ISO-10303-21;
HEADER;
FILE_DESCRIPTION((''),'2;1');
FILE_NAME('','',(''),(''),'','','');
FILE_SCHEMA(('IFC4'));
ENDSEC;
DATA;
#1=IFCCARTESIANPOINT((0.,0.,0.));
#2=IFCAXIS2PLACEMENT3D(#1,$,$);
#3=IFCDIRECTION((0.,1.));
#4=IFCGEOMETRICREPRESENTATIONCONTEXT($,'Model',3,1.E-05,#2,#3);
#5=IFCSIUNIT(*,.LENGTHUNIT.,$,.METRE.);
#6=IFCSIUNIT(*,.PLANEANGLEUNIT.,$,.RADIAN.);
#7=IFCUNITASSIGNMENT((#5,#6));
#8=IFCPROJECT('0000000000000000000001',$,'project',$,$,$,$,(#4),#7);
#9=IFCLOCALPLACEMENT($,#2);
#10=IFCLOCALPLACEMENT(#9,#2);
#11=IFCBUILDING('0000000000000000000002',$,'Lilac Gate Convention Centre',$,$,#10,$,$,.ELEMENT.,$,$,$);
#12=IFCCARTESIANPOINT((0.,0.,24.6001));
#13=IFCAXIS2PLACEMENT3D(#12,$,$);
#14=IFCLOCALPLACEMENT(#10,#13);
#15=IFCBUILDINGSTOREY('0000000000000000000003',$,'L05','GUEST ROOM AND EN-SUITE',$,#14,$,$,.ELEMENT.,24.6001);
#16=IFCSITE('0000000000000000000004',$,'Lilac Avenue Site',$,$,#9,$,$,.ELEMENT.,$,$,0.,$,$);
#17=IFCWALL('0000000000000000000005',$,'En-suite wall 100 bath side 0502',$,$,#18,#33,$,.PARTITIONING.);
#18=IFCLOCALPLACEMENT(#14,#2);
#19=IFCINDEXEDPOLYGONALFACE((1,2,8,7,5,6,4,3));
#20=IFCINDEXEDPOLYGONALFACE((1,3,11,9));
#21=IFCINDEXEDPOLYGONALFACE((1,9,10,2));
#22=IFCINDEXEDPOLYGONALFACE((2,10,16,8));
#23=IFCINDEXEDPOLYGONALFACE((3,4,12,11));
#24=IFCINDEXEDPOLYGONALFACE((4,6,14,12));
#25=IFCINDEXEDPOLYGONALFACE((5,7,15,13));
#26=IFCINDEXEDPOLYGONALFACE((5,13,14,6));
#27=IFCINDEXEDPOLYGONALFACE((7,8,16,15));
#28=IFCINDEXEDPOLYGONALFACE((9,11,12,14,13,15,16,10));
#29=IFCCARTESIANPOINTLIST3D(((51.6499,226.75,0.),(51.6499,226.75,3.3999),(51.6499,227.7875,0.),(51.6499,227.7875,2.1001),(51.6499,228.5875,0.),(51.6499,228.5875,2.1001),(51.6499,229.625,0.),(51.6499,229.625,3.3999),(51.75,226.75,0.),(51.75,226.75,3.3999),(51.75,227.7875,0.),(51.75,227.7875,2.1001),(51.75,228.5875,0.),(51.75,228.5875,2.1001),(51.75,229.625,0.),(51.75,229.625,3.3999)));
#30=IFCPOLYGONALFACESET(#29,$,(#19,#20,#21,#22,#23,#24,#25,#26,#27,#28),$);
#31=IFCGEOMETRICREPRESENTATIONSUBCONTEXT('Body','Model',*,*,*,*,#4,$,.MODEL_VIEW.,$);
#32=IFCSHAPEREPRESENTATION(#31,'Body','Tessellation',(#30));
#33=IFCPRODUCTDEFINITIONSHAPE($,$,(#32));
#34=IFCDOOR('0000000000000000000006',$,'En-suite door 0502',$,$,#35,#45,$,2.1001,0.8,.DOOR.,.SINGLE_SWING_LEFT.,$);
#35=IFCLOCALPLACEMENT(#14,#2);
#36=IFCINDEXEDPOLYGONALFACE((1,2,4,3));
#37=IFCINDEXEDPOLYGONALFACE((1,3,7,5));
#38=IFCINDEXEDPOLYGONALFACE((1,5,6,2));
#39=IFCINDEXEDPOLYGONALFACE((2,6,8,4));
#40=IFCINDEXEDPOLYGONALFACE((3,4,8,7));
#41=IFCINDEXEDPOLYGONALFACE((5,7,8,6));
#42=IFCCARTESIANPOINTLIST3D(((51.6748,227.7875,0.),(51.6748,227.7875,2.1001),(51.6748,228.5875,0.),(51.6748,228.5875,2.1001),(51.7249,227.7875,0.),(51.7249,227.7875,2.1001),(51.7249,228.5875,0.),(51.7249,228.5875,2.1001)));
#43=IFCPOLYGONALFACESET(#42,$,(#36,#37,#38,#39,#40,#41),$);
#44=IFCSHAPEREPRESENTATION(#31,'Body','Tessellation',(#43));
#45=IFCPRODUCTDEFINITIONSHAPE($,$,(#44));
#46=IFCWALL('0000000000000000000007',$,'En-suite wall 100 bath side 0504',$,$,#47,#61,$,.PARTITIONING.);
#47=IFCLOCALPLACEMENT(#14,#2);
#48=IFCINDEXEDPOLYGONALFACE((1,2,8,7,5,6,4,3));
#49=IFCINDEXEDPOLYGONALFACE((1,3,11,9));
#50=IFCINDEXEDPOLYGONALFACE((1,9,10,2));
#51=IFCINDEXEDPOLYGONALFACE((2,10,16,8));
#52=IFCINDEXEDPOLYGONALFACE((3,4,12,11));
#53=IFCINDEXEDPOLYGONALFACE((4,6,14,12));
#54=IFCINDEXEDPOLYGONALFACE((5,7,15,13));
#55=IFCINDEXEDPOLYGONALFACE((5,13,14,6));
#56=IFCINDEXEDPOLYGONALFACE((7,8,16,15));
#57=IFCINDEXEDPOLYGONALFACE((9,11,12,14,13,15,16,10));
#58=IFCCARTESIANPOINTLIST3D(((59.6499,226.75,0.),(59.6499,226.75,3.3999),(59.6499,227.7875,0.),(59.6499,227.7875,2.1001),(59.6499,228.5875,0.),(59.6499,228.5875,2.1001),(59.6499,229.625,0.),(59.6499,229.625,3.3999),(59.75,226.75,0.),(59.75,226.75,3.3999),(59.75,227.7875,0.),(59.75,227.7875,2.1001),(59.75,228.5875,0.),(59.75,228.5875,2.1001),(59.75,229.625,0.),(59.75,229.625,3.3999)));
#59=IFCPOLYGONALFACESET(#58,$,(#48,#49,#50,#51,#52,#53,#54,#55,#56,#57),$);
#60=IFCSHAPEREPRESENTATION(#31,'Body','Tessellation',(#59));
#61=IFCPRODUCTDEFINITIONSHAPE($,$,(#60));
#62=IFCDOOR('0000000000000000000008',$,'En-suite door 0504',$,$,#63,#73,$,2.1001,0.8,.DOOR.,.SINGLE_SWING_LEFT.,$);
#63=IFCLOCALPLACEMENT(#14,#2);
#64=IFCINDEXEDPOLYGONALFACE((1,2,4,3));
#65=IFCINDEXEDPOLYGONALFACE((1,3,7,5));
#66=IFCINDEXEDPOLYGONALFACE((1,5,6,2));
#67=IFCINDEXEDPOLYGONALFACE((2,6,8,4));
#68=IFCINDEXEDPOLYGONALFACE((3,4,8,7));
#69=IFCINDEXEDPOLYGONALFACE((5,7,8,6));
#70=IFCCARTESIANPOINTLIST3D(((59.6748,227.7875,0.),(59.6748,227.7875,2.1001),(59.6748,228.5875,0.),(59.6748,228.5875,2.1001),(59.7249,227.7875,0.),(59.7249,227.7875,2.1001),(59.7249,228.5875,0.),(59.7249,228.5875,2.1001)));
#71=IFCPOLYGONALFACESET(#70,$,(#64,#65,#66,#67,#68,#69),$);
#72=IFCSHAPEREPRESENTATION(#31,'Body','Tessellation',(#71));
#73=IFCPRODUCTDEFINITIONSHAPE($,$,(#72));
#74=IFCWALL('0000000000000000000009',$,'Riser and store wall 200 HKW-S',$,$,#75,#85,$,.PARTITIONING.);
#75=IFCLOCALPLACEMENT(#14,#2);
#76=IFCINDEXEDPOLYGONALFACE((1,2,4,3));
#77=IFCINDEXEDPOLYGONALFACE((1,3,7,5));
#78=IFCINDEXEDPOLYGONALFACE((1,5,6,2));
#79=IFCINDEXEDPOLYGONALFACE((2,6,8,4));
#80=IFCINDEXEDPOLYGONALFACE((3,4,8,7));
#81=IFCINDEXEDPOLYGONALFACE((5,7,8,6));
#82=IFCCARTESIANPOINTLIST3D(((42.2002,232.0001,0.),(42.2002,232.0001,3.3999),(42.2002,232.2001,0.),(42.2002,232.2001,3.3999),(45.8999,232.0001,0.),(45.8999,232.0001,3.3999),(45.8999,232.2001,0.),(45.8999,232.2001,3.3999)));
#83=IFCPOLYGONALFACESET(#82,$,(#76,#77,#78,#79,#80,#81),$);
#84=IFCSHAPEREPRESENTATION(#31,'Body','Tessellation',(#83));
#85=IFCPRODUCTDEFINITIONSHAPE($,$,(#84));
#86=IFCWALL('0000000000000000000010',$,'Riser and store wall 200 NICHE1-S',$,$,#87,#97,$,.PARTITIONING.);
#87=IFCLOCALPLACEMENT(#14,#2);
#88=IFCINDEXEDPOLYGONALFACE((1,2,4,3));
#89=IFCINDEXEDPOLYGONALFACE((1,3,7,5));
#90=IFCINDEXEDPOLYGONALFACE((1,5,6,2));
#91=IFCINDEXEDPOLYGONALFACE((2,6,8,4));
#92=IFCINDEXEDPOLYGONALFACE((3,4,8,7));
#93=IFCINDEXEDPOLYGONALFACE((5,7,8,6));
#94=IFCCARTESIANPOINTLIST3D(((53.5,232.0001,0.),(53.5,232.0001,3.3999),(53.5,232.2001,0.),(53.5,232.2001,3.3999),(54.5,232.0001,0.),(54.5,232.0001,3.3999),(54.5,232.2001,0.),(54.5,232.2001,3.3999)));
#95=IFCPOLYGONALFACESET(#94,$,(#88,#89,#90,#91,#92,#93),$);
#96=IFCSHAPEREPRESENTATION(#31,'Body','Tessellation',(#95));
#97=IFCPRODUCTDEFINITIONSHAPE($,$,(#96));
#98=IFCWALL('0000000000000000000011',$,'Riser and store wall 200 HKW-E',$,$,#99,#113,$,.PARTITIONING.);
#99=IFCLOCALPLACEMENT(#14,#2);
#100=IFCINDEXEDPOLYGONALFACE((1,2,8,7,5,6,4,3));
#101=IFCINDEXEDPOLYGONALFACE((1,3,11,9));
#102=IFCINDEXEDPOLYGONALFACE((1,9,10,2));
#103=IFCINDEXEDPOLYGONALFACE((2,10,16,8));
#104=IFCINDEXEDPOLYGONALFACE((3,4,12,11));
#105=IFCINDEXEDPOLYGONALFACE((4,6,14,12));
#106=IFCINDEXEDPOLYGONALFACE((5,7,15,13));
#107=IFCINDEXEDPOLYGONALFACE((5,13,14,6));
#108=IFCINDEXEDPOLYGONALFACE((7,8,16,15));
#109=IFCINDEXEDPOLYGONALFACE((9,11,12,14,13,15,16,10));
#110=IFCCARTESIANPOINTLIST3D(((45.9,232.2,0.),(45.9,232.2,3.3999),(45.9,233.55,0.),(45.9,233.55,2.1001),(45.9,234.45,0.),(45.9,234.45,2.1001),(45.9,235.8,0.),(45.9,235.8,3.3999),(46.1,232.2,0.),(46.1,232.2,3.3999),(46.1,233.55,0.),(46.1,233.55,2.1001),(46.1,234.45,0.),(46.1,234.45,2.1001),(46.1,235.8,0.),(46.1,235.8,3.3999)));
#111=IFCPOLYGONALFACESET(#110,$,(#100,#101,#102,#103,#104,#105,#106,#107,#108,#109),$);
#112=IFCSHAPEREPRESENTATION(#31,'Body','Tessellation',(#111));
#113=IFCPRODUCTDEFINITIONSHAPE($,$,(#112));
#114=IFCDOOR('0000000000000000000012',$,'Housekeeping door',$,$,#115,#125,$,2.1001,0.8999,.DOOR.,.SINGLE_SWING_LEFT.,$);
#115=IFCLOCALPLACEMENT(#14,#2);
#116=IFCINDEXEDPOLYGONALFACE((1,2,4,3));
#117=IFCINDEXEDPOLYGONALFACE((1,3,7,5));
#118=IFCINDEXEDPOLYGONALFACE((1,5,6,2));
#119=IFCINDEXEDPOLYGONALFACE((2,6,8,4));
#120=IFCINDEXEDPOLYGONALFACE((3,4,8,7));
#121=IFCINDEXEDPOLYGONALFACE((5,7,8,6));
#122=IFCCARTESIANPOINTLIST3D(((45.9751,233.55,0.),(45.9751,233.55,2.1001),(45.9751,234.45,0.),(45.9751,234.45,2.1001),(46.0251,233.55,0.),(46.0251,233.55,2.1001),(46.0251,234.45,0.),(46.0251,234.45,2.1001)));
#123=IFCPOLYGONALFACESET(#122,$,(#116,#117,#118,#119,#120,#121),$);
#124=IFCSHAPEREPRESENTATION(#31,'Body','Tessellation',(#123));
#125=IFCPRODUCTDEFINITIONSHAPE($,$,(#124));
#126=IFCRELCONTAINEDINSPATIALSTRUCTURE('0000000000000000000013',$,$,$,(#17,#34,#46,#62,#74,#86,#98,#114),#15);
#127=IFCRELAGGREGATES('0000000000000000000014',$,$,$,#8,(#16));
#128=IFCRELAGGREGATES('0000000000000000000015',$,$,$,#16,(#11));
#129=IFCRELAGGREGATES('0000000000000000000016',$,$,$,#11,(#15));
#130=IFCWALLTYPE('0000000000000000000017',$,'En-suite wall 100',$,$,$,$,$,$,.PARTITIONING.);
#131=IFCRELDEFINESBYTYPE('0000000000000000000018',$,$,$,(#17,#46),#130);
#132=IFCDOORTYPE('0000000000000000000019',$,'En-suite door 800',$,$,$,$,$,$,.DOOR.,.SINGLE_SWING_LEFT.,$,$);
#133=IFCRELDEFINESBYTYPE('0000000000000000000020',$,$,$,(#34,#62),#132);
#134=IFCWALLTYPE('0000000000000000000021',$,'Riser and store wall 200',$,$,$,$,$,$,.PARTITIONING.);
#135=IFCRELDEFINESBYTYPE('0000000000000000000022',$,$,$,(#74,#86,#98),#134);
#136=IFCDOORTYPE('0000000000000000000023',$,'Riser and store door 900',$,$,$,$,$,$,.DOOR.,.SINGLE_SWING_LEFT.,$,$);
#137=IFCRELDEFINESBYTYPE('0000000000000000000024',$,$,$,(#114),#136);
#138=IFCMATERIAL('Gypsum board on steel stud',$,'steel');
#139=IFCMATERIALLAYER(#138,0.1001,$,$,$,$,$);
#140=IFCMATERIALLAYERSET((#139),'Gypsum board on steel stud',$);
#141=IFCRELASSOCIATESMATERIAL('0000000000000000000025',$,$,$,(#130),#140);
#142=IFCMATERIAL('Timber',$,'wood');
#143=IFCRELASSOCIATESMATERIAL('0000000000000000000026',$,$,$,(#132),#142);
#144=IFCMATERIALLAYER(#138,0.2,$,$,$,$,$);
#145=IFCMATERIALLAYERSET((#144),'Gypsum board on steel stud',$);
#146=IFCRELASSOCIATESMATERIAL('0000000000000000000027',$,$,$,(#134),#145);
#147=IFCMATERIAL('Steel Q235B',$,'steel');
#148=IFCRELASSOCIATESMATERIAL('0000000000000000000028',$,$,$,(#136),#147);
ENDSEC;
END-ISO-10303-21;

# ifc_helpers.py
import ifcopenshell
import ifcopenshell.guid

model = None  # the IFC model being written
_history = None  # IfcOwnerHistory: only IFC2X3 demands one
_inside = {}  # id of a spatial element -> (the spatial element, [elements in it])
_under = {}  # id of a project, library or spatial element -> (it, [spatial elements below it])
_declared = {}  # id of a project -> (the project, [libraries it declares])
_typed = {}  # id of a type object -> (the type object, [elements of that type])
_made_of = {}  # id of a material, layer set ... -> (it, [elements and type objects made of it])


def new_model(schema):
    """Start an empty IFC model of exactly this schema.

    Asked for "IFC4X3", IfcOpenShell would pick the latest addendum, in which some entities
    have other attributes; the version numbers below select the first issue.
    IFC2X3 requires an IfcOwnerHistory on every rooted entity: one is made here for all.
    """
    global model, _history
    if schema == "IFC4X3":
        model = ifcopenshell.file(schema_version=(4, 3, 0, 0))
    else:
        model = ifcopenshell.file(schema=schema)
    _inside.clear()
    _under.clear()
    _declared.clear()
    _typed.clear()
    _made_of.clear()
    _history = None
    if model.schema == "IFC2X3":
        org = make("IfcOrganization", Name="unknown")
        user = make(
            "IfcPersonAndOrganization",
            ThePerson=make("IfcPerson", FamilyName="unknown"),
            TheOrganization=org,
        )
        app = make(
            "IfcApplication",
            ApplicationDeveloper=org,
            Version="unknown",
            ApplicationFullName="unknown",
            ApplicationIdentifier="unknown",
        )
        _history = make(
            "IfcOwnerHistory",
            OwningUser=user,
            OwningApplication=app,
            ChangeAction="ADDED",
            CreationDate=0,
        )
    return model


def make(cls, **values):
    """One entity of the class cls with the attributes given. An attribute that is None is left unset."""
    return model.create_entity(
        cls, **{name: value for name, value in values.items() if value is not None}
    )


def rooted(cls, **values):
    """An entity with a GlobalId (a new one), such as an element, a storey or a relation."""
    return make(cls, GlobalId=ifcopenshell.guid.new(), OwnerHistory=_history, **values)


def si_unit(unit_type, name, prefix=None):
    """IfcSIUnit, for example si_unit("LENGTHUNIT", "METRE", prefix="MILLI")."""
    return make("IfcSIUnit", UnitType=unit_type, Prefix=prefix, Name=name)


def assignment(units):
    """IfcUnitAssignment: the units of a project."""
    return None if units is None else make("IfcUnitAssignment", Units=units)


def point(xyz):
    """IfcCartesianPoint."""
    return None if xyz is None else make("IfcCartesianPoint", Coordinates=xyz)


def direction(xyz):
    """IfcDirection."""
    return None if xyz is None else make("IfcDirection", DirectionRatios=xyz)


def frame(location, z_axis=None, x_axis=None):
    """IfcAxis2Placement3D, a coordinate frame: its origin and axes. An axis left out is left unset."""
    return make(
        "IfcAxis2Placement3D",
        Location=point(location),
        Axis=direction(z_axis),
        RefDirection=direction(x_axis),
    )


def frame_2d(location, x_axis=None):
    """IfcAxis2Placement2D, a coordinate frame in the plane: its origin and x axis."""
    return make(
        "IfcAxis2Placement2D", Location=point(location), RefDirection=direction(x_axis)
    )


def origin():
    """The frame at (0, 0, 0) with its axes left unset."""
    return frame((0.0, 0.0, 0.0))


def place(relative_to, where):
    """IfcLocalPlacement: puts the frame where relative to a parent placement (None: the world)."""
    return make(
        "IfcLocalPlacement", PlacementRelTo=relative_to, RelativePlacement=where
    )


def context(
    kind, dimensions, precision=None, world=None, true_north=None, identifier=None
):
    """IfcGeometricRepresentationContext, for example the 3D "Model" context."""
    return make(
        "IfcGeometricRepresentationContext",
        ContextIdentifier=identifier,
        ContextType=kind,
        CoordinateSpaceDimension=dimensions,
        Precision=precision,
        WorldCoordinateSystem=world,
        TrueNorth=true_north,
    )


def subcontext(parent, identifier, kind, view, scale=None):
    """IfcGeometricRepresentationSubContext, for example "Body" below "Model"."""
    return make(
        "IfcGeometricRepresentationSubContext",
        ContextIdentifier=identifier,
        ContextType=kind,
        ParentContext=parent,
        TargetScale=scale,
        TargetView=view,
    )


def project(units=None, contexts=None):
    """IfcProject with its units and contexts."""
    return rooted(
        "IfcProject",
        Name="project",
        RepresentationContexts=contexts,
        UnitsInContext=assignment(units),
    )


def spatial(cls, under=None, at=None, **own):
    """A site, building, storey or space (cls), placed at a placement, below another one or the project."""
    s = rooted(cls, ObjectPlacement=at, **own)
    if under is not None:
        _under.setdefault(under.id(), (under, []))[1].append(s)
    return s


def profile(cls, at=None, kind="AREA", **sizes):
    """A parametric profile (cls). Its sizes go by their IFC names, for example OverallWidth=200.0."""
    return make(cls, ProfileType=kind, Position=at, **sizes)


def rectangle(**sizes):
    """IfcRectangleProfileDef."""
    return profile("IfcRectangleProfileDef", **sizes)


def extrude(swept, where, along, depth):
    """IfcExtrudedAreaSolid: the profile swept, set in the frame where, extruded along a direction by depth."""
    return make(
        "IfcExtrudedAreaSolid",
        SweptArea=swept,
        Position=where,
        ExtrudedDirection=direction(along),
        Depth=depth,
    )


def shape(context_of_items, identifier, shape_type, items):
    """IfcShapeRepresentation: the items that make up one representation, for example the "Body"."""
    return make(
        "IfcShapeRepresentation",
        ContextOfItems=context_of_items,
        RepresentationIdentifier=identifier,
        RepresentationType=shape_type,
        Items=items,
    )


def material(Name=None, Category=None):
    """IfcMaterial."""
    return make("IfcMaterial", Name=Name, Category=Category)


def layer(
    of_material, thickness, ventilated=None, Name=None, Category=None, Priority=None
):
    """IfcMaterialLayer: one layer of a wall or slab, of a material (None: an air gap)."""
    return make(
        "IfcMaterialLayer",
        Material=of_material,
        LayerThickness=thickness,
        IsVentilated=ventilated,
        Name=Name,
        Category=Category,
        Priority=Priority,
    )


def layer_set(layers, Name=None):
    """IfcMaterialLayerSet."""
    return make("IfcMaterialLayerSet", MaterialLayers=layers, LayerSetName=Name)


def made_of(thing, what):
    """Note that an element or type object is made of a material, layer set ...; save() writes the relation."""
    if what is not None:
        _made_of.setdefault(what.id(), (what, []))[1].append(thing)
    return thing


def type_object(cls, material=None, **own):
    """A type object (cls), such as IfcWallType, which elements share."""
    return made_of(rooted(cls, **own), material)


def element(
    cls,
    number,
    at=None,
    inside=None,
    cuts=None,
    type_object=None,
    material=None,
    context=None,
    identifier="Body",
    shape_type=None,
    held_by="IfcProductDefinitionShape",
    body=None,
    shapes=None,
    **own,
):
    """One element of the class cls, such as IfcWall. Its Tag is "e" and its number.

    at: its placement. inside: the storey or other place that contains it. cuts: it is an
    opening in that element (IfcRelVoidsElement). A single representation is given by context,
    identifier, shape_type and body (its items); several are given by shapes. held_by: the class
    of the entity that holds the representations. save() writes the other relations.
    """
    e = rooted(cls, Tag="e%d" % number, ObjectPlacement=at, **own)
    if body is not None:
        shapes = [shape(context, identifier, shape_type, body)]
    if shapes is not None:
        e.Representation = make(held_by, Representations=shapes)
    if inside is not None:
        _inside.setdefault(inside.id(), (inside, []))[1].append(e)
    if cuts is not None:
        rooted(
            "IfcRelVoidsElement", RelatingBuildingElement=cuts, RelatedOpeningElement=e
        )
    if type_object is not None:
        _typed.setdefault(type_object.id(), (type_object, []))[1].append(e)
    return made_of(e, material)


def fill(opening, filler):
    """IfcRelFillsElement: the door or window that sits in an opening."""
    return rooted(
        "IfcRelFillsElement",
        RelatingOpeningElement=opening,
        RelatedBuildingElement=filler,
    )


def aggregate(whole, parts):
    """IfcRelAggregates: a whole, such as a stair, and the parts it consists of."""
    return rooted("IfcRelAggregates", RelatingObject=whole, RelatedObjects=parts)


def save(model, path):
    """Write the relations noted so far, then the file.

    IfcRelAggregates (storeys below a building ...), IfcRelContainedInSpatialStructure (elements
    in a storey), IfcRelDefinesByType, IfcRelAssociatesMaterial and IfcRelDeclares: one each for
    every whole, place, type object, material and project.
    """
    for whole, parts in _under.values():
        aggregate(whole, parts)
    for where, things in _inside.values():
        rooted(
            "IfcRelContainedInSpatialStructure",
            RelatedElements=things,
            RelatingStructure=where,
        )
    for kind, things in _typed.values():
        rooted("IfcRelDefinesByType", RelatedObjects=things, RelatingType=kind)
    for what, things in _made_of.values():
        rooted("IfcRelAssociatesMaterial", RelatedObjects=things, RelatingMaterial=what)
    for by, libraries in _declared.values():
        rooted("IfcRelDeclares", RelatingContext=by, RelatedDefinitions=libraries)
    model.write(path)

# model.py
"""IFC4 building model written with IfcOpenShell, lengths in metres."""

from ifc_helpers import new_model, si_unit, direction, frame, frame_2d, origin, place, context, subcontext, project, spatial, rectangle, extrude, material, layer, layer_set, type_object, element, fill, save


model = new_model("IFC4")

# Units and contexts
model_context = context("Model", 3, precision=1e-05, world=origin(), true_north=direction((0.0, 1.0)))
body_context = subcontext(model_context, "Body", "Model", "MODEL_VIEW")
ifc_project = project(units=[si_unit("LENGTHUNIT", "METRE"), si_unit("PLANEANGLEUNIT", "RADIAN")], contexts=[model_context])

# Site, building, storey
site_placement = place(None, origin())
site = spatial("IfcSite", under=ifc_project, at=site_placement, Name="Lilac Avenue Site", CompositionType="ELEMENT", RefElevation=0.0)
building_placement = place(site_placement, origin())
building = spatial("IfcBuilding", under=site, at=building_placement, Name="Lilac Gate Convention Centre", CompositionType="ELEMENT")
storey_placement = place(building_placement, frame((0.0, 0.0, 24.6001)))
storey = spatial("IfcBuildingStorey", under=building, at=storey_placement, Name="L05", Description="GUEST ROOM AND EN-SUITE", CompositionType="ELEMENT", Elevation=24.6001)

# Walls, openings, doors
ifc_material_1 = material(Name="Gypsum board on steel stud", Category="steel")
ifc_material_2 = material(Name="Timber", Category="wood")
ifc_layer_1 = layer(ifc_material_1, 0.1001)
ifc_layer_set_1 = layer_set([ifc_layer_1], Name="Gypsum board on steel stud")
wall_type_1 = type_object("IfcWallType", Name="En-suite wall 100", PredefinedType="PARTITIONING", material=ifc_layer_set_1)
wall_1_placement = place(storey_placement, frame((51.7, 229.625, 0.0), z_axis=(0.0, 0.0, 1.0), x_axis=(0.0, -1.0, 0.0)))
wall_1 = element("IfcWall", 1, at=wall_1_placement, inside=storey, type_object=wall_type_1, Name="En-suite wall 100 bath side 0502", PredefinedType="PARTITIONING", context=body_context, shape_type="SweptSolid", body=[
    extrude(rectangle(XDim=2.875, YDim=0.1001, at=frame_2d((1.4375, 0.0))), origin(), (0.0, 0.0, 1.0), 3.3999),
])
opening_1_placement = place(wall_1_placement, frame((1.0376, 0.0, 0.0)))
opening_1 = element("IfcOpeningElement", 2, at=opening_1_placement, cuts=wall_1, PredefinedType="OPENING", context=body_context, shape_type="SweptSolid", body=[
    extrude(rectangle(XDim=0.8, YDim=2.1001, at=frame_2d((0.3999, 1.05))), frame((0.0, 0.0601, 0.0), z_axis=(0.0, -1.0, 0.0), x_axis=(1.0, 0.0, 0.0)), (0.0, 0.0, 1.0), 0.1201),
])
door_type_1 = type_object("IfcDoorType", Name="En-suite door 800", OperationType="SINGLE_SWING_LEFT", PredefinedType="DOOR", material=ifc_material_2)
door_1_placement = place(opening_1_placement, origin())
door_1 = element("IfcDoor", 3, at=door_1_placement, inside=storey, type_object=door_type_1, Name="En-suite door 0502", OperationType="SINGLE_SWING_LEFT", OverallHeight=2.1001, OverallWidth=0.8, PredefinedType="DOOR", context=body_context, shape_type="SweptSolid", body=[
    extrude(rectangle(XDim=0.8, YDim=2.1001, at=frame_2d((0.3999, 1.05))), frame((0.0, 0.0249, 0.0), z_axis=(0.0, -1.0, 0.0), x_axis=(1.0, 0.0, 0.0)), (0.0, 0.0, 1.0), 0.05),
])
fill(opening_1, door_1)
wall_2_placement = place(storey_placement, frame((59.7, 229.625, 0.0), z_axis=(0.0, 0.0, 1.0), x_axis=(0.0, -1.0, 0.0)))
wall_2 = element("IfcWall", 4, at=wall_2_placement, inside=storey, type_object=wall_type_1, Name="En-suite wall 100 bath side 0504", PredefinedType="PARTITIONING", context=body_context, shape_type="SweptSolid", body=[
    extrude(rectangle(XDim=2.875, YDim=0.1001, at=frame_2d((1.4375, 0.0))), origin(), (0.0, 0.0, 1.0), 3.3999),
])
opening_2_placement = place(wall_2_placement, frame((1.0376, 0.0, 0.0)))
opening_2 = element("IfcOpeningElement", 5, at=opening_2_placement, cuts=wall_2, PredefinedType="OPENING", context=body_context, shape_type="SweptSolid", body=[
    extrude(rectangle(XDim=0.8, YDim=2.1001, at=frame_2d((0.3999, 1.05))), frame((0.0, 0.0601, 0.0), z_axis=(0.0, -1.0, 0.0), x_axis=(1.0, 0.0, 0.0)), (0.0, 0.0, 1.0), 0.1201),
])
door_2_placement = place(opening_2_placement, origin())
door_2 = element("IfcDoor", 6, at=door_2_placement, inside=storey, type_object=door_type_1, Name="En-suite door 0504", OperationType="SINGLE_SWING_LEFT", OverallHeight=2.1001, OverallWidth=0.8, PredefinedType="DOOR", context=body_context, shape_type="SweptSolid", body=[
    extrude(rectangle(XDim=0.8, YDim=2.1001, at=frame_2d((0.3999, 1.05))), frame((0.0, 0.0249, 0.0), z_axis=(0.0, -1.0, 0.0), x_axis=(1.0, 0.0, 0.0)), (0.0, 0.0, 1.0), 0.05),
])
fill(opening_2, door_2)

# Walls
ifc_layer_2 = layer(ifc_material_1, 0.2)
ifc_layer_set_2 = layer_set([ifc_layer_2], Name="Gypsum board on steel stud")
wall_type_2 = type_object("IfcWallType", Name="Riser and store wall 200", PredefinedType="PARTITIONING", material=ifc_layer_set_2)
wall_3_placement = place(storey_placement, frame((42.2002, 232.1001, 0.0), z_axis=(0.0, 0.0, 1.0), x_axis=(1.0, 0.0, 0.0)))
element("IfcWall", 7, at=wall_3_placement, inside=storey, type_object=wall_type_2, Name="Riser and store wall 200 HKW-S", PredefinedType="PARTITIONING", context=body_context, shape_type="SweptSolid", body=[
    extrude(rectangle(XDim=3.6997, YDim=0.2, at=frame_2d((1.8499, 0.0))), origin(), (0.0, 0.0, 1.0), 3.3999),
])
wall_4_placement = place(storey_placement, frame((53.5, 232.1001, 0.0), z_axis=(0.0, 0.0, 1.0), x_axis=(1.0, 0.0, 0.0)))
element("IfcWall", 8, at=wall_4_placement, inside=storey, type_object=wall_type_2, Name="Riser and store wall 200 NICHE1-S", PredefinedType="PARTITIONING", context=body_context, shape_type="SweptSolid", body=[
    extrude(rectangle(XDim=1.0, YDim=0.2, at=frame_2d((0.5, 0.0))), origin(), (0.0, 0.0, 1.0), 3.3999),
])

# Wall, opening, door
wall_5_placement = place(storey_placement, frame((46.0, 232.2, 0.0), z_axis=(0.0, 0.0, 1.0), x_axis=(0.0, 1.0, 0.0)))
wall_5 = element("IfcWall", 9, at=wall_5_placement, inside=storey, type_object=wall_type_2, Name="Riser and store wall 200 HKW-E", PredefinedType="PARTITIONING", context=body_context, shape_type="SweptSolid", body=[
    extrude(rectangle(XDim=3.6001, YDim=0.2, at=frame_2d((1.8, 0.0))), origin(), (0.0, 0.0, 1.0), 3.3999),
])
opening_3_placement = place(wall_5_placement, frame((1.3501, 0.0, 0.0)))
opening_3 = element("IfcOpeningElement", 10, at=opening_3_placement, cuts=wall_5, PredefinedType="OPENING", context=body_context, shape_type="SweptSolid", body=[
    extrude(rectangle(XDim=0.8999, YDim=2.1001, at=frame_2d((0.45, 1.05))), frame((0.0, 0.1099, 0.0), z_axis=(0.0, -1.0, 0.0), x_axis=(1.0, 0.0, 0.0)), (0.0, 0.0, 1.0), 0.22),
])
ifc_material_3 = material(Name="Steel Q235B", Category="steel")
door_type_2 = type_object("IfcDoorType", Name="Riser and store door 900", OperationType="SINGLE_SWING_LEFT", PredefinedType="DOOR", material=ifc_material_3)
door_3_placement = place(opening_3_placement, origin())
door_3 = element("IfcDoor", 11, at=door_3_placement, inside=storey, type_object=door_type_2, Name="Housekeeping door", OperationType="SINGLE_SWING_LEFT", OverallHeight=2.1001, OverallWidth=0.8999, PredefinedType="DOOR", context=body_context, shape_type="SweptSolid", body=[
    extrude(rectangle(XDim=0.8999, YDim=2.1001, at=frame_2d((0.45, 1.05))), frame((0.0, 0.0249, 0.0), z_axis=(0.0, -1.0, 0.0), x_axis=(1.0, 0.0, 0.0)), (0.0, 0.0, 1.0), 0.05),
])
fill(opening_3, door_3)

save(model, "model.ifc")
